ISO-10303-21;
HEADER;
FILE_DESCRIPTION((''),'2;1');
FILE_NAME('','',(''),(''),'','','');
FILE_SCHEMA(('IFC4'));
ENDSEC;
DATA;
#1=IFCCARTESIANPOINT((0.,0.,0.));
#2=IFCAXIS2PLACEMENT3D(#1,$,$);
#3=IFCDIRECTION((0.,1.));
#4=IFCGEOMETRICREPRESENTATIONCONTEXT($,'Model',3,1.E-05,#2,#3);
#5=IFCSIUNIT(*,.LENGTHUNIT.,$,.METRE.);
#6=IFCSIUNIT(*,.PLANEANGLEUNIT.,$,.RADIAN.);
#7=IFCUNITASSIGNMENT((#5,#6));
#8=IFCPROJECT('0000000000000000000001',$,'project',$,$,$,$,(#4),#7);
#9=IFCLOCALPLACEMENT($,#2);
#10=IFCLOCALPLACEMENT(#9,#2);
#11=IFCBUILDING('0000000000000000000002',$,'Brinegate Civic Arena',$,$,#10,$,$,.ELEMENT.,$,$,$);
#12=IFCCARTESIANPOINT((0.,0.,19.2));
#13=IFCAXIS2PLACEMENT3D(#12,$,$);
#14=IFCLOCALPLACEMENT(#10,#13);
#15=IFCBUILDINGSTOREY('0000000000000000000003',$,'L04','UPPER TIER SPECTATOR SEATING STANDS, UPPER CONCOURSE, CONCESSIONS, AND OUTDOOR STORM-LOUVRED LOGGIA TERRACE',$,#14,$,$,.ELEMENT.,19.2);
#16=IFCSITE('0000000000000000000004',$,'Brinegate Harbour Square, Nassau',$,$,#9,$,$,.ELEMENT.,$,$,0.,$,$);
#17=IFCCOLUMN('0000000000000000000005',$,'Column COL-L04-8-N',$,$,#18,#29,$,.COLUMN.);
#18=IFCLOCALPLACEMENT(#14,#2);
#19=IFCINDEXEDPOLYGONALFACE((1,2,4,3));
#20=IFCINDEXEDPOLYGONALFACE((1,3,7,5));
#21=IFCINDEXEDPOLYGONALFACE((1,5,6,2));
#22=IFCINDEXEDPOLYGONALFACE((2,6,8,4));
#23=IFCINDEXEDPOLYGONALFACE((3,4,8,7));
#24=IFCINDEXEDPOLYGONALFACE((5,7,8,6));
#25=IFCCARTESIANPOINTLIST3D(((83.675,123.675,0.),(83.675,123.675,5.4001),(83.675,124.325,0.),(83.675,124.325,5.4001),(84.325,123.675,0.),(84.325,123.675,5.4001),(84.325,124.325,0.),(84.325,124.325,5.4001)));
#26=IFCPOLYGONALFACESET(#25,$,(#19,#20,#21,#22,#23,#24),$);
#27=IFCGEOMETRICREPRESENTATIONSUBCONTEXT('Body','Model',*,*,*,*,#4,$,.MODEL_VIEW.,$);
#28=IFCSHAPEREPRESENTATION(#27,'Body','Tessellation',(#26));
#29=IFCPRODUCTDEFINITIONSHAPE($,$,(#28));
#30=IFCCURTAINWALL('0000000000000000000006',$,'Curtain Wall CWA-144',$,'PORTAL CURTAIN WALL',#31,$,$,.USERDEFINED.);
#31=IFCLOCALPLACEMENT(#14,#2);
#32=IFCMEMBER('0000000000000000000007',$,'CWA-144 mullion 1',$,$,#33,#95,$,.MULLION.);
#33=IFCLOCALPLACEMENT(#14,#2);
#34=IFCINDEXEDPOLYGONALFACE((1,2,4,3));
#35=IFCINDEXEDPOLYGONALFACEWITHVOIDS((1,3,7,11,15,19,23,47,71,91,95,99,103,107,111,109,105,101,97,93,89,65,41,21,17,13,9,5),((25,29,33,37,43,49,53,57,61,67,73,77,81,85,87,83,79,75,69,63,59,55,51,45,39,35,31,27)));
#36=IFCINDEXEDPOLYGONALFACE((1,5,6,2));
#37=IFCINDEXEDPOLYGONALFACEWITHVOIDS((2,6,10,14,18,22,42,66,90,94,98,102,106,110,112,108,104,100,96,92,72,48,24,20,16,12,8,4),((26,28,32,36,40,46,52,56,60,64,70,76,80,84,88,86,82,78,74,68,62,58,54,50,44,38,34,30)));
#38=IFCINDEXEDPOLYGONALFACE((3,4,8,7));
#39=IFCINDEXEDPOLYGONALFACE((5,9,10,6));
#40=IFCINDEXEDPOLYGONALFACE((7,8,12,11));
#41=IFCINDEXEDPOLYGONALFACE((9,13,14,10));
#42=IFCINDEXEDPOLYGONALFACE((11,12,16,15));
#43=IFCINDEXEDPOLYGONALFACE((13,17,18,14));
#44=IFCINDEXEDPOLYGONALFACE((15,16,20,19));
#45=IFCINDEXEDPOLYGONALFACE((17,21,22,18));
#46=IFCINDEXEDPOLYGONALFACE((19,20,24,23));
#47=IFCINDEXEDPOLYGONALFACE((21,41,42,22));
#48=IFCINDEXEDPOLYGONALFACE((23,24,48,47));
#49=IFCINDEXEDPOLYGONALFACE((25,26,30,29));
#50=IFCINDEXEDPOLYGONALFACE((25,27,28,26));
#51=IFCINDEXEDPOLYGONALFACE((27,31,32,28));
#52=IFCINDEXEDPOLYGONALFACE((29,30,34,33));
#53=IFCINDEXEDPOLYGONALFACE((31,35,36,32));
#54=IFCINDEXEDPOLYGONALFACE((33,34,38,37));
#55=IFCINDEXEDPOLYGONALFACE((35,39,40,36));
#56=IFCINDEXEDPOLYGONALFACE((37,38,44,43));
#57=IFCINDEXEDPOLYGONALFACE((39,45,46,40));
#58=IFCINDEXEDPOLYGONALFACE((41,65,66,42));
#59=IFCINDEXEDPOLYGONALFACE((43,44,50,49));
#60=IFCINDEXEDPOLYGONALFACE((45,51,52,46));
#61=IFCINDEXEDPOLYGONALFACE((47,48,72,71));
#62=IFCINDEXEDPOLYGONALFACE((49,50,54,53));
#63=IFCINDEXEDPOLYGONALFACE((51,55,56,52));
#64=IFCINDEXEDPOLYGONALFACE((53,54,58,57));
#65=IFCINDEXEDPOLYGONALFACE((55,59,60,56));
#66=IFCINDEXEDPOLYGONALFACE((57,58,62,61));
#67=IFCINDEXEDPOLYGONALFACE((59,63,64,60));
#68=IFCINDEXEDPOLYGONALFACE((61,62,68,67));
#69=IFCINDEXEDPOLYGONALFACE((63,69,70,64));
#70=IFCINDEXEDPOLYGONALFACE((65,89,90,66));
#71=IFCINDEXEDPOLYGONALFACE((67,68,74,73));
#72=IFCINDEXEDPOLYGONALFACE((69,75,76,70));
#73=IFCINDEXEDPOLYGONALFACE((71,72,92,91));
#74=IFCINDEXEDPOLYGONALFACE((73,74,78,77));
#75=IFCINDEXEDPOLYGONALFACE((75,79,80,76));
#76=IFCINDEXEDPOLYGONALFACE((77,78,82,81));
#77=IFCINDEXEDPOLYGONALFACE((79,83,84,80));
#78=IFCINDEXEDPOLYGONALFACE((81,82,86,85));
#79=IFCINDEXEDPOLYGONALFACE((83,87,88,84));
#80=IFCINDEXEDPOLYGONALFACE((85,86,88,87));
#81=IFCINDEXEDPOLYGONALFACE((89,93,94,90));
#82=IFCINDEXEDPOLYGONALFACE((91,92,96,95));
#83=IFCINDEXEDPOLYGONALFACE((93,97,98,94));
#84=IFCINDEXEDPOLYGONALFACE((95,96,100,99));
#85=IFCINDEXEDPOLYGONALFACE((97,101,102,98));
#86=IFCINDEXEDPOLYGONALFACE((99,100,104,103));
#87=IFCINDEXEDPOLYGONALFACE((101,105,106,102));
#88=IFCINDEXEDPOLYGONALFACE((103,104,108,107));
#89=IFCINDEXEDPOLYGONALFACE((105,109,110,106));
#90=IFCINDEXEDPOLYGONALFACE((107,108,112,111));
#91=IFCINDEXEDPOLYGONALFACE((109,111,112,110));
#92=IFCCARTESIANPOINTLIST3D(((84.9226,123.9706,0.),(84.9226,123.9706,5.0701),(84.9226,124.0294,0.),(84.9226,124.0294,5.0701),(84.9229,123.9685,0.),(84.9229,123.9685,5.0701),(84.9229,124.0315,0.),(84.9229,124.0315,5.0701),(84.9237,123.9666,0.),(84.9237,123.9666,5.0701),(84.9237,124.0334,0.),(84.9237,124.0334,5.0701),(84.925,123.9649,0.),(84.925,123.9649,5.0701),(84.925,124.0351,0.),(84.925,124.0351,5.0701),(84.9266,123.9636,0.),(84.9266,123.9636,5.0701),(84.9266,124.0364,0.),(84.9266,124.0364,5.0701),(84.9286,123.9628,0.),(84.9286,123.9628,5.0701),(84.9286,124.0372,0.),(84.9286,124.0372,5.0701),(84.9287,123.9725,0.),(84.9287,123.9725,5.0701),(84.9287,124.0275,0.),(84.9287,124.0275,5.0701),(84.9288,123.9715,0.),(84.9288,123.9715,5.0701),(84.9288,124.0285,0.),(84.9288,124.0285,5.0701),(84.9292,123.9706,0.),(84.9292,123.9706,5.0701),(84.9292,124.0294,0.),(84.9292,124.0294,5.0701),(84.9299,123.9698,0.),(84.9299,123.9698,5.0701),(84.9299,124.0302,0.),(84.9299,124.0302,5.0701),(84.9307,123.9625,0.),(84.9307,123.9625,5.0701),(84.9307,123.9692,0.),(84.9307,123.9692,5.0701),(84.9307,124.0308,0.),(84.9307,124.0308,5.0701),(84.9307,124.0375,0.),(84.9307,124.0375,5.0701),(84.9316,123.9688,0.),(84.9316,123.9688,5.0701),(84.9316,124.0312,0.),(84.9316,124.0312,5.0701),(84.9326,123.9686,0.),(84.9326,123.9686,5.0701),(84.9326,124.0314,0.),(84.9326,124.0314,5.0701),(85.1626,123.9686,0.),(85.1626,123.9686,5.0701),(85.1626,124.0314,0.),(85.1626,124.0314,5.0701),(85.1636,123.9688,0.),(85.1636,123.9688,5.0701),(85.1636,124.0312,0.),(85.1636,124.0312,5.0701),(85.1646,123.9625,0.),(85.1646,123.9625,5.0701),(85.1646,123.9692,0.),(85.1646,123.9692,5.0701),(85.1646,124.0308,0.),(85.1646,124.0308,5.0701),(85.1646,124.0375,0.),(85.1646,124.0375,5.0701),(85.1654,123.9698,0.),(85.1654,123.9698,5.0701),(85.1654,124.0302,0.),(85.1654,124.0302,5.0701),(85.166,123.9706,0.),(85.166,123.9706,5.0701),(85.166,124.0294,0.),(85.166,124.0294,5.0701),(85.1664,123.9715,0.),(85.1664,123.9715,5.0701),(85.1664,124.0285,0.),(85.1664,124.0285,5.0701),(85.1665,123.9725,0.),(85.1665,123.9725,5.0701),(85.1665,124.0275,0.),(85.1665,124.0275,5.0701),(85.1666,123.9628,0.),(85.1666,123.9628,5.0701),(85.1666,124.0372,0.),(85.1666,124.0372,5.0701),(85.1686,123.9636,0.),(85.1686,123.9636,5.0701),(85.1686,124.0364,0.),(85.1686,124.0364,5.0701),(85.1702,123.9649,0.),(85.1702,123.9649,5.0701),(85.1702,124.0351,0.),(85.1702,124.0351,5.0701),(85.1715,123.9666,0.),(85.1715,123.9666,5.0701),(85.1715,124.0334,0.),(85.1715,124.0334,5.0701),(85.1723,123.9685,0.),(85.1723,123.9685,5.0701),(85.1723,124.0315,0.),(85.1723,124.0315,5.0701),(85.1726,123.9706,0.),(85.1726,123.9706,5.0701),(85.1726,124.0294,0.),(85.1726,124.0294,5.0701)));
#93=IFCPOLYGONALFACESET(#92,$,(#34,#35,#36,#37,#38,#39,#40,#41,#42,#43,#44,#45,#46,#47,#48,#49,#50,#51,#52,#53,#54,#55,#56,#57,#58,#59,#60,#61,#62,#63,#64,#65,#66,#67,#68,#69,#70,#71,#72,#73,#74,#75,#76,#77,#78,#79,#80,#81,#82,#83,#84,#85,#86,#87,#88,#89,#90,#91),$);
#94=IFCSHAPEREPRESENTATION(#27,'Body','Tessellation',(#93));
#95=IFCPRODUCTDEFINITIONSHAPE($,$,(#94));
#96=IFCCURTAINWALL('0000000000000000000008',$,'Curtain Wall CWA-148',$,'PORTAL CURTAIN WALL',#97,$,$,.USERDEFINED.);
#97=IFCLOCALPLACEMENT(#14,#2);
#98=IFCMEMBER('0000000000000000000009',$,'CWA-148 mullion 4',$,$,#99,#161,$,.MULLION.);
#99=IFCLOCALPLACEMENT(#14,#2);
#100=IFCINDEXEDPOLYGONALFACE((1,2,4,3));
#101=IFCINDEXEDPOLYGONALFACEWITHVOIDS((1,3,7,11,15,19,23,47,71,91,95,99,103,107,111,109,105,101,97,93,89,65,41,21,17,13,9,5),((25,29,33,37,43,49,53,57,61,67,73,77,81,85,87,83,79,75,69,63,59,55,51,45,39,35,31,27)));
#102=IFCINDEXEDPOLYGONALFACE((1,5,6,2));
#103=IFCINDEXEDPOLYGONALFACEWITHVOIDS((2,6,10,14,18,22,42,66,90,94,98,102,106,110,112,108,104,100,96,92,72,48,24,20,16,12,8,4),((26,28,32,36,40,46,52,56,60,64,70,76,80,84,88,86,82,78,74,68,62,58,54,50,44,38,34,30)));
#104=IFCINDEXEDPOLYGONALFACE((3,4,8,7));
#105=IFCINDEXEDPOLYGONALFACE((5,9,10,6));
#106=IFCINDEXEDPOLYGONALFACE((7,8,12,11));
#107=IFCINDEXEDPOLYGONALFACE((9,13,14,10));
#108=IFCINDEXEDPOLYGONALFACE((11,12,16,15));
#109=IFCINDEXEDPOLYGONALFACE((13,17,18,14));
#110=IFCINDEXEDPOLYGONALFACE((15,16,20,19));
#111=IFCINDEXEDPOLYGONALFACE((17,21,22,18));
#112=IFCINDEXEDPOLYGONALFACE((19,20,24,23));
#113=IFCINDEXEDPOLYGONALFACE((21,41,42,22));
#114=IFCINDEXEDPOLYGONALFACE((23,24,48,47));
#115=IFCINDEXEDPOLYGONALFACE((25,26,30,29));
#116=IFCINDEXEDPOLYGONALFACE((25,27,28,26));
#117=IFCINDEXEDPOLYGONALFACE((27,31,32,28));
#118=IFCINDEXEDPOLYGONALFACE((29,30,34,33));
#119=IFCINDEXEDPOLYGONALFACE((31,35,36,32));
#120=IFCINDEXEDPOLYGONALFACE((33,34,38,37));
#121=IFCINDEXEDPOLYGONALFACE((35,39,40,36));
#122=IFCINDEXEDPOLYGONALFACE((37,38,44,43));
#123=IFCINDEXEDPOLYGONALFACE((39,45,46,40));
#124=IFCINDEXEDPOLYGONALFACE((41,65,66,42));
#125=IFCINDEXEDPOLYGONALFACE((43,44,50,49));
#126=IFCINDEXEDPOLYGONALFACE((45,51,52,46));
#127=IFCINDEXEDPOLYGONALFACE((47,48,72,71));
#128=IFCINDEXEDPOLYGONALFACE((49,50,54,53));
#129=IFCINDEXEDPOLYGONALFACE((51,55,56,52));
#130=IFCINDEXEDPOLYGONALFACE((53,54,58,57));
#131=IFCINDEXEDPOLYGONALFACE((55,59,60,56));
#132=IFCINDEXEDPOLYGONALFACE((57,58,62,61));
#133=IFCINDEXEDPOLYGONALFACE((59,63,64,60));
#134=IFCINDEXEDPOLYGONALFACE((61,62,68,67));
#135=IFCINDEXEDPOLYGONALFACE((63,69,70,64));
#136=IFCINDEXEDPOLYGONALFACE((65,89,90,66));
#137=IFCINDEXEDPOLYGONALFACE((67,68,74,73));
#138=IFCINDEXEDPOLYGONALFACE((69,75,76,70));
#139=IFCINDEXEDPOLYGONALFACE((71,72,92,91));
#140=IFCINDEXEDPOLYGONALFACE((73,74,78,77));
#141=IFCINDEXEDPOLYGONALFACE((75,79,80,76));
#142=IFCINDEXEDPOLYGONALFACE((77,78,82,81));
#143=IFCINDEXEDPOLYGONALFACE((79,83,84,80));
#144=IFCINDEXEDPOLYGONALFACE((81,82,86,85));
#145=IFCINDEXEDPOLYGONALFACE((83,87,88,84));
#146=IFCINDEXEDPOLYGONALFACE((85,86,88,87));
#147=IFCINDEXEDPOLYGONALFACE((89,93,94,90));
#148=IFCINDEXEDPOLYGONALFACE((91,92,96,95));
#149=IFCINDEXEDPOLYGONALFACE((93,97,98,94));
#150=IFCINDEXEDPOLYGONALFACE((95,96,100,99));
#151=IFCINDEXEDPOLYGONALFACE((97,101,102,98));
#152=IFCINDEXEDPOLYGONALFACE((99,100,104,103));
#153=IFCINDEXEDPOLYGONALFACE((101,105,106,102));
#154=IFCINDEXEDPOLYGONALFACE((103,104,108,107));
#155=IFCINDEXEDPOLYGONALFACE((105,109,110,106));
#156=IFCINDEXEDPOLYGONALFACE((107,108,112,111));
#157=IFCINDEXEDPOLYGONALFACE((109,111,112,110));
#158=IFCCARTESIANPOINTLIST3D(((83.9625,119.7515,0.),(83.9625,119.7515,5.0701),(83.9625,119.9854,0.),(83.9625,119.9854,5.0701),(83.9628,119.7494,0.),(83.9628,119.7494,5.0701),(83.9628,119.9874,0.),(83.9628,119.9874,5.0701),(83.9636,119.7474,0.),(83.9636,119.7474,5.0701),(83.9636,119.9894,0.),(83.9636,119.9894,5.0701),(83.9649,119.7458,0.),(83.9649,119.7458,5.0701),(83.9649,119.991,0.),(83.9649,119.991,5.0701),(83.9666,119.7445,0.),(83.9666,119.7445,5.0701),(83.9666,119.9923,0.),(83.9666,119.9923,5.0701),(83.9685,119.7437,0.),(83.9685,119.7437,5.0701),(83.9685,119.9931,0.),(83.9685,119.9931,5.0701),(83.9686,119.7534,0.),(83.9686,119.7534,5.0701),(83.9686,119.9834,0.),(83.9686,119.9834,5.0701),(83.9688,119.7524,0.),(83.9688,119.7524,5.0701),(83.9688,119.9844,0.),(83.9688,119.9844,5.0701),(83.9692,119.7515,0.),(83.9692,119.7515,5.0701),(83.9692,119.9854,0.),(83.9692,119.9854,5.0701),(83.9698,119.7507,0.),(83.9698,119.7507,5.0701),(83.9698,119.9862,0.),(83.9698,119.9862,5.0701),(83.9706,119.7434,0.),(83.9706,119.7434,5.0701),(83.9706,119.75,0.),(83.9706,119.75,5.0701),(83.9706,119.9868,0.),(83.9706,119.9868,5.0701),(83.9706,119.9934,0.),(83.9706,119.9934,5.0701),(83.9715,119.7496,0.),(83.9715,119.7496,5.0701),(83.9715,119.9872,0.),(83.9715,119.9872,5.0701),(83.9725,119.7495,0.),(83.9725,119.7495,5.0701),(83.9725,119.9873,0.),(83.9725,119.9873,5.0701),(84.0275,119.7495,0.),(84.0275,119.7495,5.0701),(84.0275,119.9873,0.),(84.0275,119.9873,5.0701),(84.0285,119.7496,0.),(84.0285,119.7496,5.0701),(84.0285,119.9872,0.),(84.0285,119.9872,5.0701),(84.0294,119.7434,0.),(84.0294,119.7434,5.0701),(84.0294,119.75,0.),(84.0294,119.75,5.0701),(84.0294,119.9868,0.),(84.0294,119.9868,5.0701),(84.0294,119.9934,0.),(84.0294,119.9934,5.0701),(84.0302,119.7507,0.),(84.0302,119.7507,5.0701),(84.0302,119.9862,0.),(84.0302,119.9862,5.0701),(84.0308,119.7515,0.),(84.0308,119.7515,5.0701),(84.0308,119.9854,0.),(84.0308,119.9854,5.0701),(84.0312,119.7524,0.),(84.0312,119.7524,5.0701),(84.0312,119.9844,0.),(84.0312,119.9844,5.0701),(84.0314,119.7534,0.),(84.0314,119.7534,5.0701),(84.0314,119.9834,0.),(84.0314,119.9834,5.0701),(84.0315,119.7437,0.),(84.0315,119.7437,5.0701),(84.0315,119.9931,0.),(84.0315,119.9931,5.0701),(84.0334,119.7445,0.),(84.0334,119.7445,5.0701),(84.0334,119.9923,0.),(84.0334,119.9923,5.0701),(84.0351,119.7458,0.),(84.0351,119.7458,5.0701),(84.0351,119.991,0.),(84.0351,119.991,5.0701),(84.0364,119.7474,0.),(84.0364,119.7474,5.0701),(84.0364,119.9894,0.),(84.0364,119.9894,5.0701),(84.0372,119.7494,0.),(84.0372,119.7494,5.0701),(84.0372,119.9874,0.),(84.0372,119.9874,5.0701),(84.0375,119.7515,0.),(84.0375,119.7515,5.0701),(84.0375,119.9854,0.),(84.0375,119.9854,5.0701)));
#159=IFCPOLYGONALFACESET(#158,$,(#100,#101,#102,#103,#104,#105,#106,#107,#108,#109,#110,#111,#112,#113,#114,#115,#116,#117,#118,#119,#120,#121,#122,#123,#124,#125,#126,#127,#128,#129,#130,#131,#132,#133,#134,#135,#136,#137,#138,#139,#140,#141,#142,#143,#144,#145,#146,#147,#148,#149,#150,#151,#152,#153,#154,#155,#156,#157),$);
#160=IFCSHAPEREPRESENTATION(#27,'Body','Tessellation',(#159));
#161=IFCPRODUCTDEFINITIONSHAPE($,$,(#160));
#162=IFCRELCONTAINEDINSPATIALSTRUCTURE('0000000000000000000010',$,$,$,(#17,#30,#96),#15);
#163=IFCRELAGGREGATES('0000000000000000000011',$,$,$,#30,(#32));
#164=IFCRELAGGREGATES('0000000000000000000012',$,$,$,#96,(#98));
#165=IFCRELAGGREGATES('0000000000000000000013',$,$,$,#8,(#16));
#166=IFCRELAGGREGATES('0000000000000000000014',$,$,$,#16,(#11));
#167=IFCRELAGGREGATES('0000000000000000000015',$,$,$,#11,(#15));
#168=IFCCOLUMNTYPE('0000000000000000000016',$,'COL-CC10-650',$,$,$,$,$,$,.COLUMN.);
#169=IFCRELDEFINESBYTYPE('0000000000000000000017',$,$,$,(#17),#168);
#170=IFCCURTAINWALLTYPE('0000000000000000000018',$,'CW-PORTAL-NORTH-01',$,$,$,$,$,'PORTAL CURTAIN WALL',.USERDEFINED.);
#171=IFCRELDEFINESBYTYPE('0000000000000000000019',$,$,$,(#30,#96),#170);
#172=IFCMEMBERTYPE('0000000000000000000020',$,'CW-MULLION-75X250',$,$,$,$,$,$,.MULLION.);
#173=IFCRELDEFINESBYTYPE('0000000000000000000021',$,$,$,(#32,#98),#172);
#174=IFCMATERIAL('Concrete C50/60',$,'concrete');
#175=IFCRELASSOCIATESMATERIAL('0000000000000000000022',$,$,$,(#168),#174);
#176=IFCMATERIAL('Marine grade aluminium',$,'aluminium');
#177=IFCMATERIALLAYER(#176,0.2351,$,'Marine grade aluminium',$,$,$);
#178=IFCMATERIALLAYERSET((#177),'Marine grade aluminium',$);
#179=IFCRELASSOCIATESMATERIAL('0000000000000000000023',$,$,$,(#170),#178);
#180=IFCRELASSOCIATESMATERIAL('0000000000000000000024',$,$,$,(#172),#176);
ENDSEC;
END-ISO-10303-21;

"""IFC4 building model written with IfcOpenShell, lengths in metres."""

from ifc_helpers import new_model, si_unit, direction, frame, origin, origin_2d, place, context, subcontext, project, spatial, rectangle, hollow_rectangle, extrude, material, layer, layer_set, material_profile, profile_set, type_object, element, aggregate, save


model = new_model("IFC4")

# Units and contexts
model_context = context("Model", 3, precision=1e-05, world=origin(), true_north=direction((0.0, 1.0)))
body_context = subcontext(model_context, "Body", "Model", "MODEL_VIEW")
ifc_project = project(units=[si_unit("LENGTHUNIT", "METRE"), si_unit("PLANEANGLEUNIT", "RADIAN")], contexts=[model_context])

# Site, building, storey
site_placement = place(None, origin())
site = spatial("IfcSite", under=ifc_project, at=site_placement, Name="Brinegate Harbour Square, Nassau", CompositionType="ELEMENT", RefElevation=0.0)
building_placement = place(site_placement, origin())
building = spatial("IfcBuilding", under=site, at=building_placement, Name="Brinegate Civic Arena", CompositionType="ELEMENT")
storey_placement = place(building_placement, frame((0.0, 0.0, 19.2)))
storey = spatial("IfcBuildingStorey", under=building, at=storey_placement, Name="L04", Description="UPPER TIER SPECTATOR SEATING STANDS, UPPER CONCOURSE, CONCESSIONS, AND OUTDOOR STORM-LOUVRED LOGGIA TERRACE", CompositionType="ELEMENT", Elevation=19.2)

# Column
ifc_material_1 = material(Name="Concrete C50/60", Category="concrete")
ifc_material_profile_1 = material_profile(ifc_material_1, rectangle(XDim=0.6499, YDim=0.6499, at=origin_2d()), Name="RC650X650")
ifc_profile_set_1 = profile_set([ifc_material_profile_1], Name="Concrete C50/60")
column_type = type_object("IfcColumnType", Name="COL-CC10-650", PredefinedType="COLUMN", material=ifc_profile_set_1)
column_placement = place(storey_placement, frame((84.0, 124.0, 0.0), z_axis=(0.0, 0.0, 1.0), x_axis=(1.0, 0.0, 0.0)))
element("IfcColumn", 1, at=column_placement, inside=storey, type_object=column_type, Name="Column COL-L04-8-N", PredefinedType="COLUMN", context=body_context, shape_type="SweptSolid", body=[
    extrude(rectangle(XDim=0.6499, YDim=0.6499, at=origin_2d()), origin(), (0.0, 0.0, 1.0), 5.4001),
])

# Curtain wall, member
ifc_material_2 = material(Name="Marine grade aluminium", Category="aluminium")
ifc_layer_1 = layer(ifc_material_2, 0.2351, Name="Marine grade aluminium")
ifc_layer_set_1 = layer_set([ifc_layer_1], Name="Marine grade aluminium")
curtain_wall_type = type_object("IfcCurtainWallType", Name="CW-PORTAL-NORTH-01", ElementType="PORTAL CURTAIN WALL", PredefinedType="USERDEFINED", material=ifc_layer_set_1)
curtain_wall_1_placement = place(storey_placement, origin())
curtain_wall_1 = element("IfcCurtainWall", 2, at=curtain_wall_1_placement, inside=storey, type_object=curtain_wall_type, Name="Curtain Wall CWA-144", ObjectType="PORTAL CURTAIN WALL", PredefinedType="USERDEFINED")
ifc_material_profile_2 = material_profile(ifc_material_2, hollow_rectangle(XDim=0.075, YDim=0.25, WallThickness=0.0061, InnerFilletRadius=0.0039, OuterFilletRadius=0.0081, at=origin_2d()), Name="MUL75X250")
ifc_profile_set_2 = profile_set([ifc_material_profile_2], Name="Marine grade aluminium")
member_type_1 = type_object("IfcMemberType", Name="CW-MULLION-75X250", PredefinedType="MULLION", material=ifc_profile_set_2)
member_1_placement = place(storey_placement, frame((85.0476, 124.0, 0.0), z_axis=(0.0, 0.0, 1.0), x_axis=(0.0, 1.0, 0.0)))
member_1 = element("IfcMember", 3, at=member_1_placement, type_object=member_type_1, Name="CWA-144 mullion 1", PredefinedType="MULLION", context=body_context, shape_type="SweptSolid", body=[
    extrude(hollow_rectangle(XDim=0.075, YDim=0.25, WallThickness=0.0061, InnerFilletRadius=0.0039, OuterFilletRadius=0.0081, at=origin_2d()), origin(), (0.0, 0.0, 1.0), 5.0701),
])

# Curtain wall, member
curtain_wall_2_placement = place(storey_placement, origin())
curtain_wall_2 = element("IfcCurtainWall", 4, at=curtain_wall_2_placement, inside=storey, type_object=curtain_wall_type, Name="Curtain Wall CWA-148", ObjectType="PORTAL CURTAIN WALL", PredefinedType="USERDEFINED")
member_2_placement = place(storey_placement, frame((84.0, 119.8684, 0.0), z_axis=(0.0, 0.0, 1.0), x_axis=(-1.0, 0.0, 0.0)))
member_2 = element("IfcMember", 5, at=member_2_placement, type_object=member_type_1, Name="CWA-148 mullion 4", PredefinedType="MULLION", context=body_context, shape_type="SweptSolid", body=[
    extrude(hollow_rectangle(XDim=0.075, YDim=0.25, WallThickness=0.0061, InnerFilletRadius=0.0039, OuterFilletRadius=0.0081, at=origin_2d()), origin(), (0.0, 0.0, 1.0), 5.0701),
])

aggregate(curtain_wall_1, [member_1])

aggregate(curtain_wall_2, [member_2])

save(model, "model.ifc")
